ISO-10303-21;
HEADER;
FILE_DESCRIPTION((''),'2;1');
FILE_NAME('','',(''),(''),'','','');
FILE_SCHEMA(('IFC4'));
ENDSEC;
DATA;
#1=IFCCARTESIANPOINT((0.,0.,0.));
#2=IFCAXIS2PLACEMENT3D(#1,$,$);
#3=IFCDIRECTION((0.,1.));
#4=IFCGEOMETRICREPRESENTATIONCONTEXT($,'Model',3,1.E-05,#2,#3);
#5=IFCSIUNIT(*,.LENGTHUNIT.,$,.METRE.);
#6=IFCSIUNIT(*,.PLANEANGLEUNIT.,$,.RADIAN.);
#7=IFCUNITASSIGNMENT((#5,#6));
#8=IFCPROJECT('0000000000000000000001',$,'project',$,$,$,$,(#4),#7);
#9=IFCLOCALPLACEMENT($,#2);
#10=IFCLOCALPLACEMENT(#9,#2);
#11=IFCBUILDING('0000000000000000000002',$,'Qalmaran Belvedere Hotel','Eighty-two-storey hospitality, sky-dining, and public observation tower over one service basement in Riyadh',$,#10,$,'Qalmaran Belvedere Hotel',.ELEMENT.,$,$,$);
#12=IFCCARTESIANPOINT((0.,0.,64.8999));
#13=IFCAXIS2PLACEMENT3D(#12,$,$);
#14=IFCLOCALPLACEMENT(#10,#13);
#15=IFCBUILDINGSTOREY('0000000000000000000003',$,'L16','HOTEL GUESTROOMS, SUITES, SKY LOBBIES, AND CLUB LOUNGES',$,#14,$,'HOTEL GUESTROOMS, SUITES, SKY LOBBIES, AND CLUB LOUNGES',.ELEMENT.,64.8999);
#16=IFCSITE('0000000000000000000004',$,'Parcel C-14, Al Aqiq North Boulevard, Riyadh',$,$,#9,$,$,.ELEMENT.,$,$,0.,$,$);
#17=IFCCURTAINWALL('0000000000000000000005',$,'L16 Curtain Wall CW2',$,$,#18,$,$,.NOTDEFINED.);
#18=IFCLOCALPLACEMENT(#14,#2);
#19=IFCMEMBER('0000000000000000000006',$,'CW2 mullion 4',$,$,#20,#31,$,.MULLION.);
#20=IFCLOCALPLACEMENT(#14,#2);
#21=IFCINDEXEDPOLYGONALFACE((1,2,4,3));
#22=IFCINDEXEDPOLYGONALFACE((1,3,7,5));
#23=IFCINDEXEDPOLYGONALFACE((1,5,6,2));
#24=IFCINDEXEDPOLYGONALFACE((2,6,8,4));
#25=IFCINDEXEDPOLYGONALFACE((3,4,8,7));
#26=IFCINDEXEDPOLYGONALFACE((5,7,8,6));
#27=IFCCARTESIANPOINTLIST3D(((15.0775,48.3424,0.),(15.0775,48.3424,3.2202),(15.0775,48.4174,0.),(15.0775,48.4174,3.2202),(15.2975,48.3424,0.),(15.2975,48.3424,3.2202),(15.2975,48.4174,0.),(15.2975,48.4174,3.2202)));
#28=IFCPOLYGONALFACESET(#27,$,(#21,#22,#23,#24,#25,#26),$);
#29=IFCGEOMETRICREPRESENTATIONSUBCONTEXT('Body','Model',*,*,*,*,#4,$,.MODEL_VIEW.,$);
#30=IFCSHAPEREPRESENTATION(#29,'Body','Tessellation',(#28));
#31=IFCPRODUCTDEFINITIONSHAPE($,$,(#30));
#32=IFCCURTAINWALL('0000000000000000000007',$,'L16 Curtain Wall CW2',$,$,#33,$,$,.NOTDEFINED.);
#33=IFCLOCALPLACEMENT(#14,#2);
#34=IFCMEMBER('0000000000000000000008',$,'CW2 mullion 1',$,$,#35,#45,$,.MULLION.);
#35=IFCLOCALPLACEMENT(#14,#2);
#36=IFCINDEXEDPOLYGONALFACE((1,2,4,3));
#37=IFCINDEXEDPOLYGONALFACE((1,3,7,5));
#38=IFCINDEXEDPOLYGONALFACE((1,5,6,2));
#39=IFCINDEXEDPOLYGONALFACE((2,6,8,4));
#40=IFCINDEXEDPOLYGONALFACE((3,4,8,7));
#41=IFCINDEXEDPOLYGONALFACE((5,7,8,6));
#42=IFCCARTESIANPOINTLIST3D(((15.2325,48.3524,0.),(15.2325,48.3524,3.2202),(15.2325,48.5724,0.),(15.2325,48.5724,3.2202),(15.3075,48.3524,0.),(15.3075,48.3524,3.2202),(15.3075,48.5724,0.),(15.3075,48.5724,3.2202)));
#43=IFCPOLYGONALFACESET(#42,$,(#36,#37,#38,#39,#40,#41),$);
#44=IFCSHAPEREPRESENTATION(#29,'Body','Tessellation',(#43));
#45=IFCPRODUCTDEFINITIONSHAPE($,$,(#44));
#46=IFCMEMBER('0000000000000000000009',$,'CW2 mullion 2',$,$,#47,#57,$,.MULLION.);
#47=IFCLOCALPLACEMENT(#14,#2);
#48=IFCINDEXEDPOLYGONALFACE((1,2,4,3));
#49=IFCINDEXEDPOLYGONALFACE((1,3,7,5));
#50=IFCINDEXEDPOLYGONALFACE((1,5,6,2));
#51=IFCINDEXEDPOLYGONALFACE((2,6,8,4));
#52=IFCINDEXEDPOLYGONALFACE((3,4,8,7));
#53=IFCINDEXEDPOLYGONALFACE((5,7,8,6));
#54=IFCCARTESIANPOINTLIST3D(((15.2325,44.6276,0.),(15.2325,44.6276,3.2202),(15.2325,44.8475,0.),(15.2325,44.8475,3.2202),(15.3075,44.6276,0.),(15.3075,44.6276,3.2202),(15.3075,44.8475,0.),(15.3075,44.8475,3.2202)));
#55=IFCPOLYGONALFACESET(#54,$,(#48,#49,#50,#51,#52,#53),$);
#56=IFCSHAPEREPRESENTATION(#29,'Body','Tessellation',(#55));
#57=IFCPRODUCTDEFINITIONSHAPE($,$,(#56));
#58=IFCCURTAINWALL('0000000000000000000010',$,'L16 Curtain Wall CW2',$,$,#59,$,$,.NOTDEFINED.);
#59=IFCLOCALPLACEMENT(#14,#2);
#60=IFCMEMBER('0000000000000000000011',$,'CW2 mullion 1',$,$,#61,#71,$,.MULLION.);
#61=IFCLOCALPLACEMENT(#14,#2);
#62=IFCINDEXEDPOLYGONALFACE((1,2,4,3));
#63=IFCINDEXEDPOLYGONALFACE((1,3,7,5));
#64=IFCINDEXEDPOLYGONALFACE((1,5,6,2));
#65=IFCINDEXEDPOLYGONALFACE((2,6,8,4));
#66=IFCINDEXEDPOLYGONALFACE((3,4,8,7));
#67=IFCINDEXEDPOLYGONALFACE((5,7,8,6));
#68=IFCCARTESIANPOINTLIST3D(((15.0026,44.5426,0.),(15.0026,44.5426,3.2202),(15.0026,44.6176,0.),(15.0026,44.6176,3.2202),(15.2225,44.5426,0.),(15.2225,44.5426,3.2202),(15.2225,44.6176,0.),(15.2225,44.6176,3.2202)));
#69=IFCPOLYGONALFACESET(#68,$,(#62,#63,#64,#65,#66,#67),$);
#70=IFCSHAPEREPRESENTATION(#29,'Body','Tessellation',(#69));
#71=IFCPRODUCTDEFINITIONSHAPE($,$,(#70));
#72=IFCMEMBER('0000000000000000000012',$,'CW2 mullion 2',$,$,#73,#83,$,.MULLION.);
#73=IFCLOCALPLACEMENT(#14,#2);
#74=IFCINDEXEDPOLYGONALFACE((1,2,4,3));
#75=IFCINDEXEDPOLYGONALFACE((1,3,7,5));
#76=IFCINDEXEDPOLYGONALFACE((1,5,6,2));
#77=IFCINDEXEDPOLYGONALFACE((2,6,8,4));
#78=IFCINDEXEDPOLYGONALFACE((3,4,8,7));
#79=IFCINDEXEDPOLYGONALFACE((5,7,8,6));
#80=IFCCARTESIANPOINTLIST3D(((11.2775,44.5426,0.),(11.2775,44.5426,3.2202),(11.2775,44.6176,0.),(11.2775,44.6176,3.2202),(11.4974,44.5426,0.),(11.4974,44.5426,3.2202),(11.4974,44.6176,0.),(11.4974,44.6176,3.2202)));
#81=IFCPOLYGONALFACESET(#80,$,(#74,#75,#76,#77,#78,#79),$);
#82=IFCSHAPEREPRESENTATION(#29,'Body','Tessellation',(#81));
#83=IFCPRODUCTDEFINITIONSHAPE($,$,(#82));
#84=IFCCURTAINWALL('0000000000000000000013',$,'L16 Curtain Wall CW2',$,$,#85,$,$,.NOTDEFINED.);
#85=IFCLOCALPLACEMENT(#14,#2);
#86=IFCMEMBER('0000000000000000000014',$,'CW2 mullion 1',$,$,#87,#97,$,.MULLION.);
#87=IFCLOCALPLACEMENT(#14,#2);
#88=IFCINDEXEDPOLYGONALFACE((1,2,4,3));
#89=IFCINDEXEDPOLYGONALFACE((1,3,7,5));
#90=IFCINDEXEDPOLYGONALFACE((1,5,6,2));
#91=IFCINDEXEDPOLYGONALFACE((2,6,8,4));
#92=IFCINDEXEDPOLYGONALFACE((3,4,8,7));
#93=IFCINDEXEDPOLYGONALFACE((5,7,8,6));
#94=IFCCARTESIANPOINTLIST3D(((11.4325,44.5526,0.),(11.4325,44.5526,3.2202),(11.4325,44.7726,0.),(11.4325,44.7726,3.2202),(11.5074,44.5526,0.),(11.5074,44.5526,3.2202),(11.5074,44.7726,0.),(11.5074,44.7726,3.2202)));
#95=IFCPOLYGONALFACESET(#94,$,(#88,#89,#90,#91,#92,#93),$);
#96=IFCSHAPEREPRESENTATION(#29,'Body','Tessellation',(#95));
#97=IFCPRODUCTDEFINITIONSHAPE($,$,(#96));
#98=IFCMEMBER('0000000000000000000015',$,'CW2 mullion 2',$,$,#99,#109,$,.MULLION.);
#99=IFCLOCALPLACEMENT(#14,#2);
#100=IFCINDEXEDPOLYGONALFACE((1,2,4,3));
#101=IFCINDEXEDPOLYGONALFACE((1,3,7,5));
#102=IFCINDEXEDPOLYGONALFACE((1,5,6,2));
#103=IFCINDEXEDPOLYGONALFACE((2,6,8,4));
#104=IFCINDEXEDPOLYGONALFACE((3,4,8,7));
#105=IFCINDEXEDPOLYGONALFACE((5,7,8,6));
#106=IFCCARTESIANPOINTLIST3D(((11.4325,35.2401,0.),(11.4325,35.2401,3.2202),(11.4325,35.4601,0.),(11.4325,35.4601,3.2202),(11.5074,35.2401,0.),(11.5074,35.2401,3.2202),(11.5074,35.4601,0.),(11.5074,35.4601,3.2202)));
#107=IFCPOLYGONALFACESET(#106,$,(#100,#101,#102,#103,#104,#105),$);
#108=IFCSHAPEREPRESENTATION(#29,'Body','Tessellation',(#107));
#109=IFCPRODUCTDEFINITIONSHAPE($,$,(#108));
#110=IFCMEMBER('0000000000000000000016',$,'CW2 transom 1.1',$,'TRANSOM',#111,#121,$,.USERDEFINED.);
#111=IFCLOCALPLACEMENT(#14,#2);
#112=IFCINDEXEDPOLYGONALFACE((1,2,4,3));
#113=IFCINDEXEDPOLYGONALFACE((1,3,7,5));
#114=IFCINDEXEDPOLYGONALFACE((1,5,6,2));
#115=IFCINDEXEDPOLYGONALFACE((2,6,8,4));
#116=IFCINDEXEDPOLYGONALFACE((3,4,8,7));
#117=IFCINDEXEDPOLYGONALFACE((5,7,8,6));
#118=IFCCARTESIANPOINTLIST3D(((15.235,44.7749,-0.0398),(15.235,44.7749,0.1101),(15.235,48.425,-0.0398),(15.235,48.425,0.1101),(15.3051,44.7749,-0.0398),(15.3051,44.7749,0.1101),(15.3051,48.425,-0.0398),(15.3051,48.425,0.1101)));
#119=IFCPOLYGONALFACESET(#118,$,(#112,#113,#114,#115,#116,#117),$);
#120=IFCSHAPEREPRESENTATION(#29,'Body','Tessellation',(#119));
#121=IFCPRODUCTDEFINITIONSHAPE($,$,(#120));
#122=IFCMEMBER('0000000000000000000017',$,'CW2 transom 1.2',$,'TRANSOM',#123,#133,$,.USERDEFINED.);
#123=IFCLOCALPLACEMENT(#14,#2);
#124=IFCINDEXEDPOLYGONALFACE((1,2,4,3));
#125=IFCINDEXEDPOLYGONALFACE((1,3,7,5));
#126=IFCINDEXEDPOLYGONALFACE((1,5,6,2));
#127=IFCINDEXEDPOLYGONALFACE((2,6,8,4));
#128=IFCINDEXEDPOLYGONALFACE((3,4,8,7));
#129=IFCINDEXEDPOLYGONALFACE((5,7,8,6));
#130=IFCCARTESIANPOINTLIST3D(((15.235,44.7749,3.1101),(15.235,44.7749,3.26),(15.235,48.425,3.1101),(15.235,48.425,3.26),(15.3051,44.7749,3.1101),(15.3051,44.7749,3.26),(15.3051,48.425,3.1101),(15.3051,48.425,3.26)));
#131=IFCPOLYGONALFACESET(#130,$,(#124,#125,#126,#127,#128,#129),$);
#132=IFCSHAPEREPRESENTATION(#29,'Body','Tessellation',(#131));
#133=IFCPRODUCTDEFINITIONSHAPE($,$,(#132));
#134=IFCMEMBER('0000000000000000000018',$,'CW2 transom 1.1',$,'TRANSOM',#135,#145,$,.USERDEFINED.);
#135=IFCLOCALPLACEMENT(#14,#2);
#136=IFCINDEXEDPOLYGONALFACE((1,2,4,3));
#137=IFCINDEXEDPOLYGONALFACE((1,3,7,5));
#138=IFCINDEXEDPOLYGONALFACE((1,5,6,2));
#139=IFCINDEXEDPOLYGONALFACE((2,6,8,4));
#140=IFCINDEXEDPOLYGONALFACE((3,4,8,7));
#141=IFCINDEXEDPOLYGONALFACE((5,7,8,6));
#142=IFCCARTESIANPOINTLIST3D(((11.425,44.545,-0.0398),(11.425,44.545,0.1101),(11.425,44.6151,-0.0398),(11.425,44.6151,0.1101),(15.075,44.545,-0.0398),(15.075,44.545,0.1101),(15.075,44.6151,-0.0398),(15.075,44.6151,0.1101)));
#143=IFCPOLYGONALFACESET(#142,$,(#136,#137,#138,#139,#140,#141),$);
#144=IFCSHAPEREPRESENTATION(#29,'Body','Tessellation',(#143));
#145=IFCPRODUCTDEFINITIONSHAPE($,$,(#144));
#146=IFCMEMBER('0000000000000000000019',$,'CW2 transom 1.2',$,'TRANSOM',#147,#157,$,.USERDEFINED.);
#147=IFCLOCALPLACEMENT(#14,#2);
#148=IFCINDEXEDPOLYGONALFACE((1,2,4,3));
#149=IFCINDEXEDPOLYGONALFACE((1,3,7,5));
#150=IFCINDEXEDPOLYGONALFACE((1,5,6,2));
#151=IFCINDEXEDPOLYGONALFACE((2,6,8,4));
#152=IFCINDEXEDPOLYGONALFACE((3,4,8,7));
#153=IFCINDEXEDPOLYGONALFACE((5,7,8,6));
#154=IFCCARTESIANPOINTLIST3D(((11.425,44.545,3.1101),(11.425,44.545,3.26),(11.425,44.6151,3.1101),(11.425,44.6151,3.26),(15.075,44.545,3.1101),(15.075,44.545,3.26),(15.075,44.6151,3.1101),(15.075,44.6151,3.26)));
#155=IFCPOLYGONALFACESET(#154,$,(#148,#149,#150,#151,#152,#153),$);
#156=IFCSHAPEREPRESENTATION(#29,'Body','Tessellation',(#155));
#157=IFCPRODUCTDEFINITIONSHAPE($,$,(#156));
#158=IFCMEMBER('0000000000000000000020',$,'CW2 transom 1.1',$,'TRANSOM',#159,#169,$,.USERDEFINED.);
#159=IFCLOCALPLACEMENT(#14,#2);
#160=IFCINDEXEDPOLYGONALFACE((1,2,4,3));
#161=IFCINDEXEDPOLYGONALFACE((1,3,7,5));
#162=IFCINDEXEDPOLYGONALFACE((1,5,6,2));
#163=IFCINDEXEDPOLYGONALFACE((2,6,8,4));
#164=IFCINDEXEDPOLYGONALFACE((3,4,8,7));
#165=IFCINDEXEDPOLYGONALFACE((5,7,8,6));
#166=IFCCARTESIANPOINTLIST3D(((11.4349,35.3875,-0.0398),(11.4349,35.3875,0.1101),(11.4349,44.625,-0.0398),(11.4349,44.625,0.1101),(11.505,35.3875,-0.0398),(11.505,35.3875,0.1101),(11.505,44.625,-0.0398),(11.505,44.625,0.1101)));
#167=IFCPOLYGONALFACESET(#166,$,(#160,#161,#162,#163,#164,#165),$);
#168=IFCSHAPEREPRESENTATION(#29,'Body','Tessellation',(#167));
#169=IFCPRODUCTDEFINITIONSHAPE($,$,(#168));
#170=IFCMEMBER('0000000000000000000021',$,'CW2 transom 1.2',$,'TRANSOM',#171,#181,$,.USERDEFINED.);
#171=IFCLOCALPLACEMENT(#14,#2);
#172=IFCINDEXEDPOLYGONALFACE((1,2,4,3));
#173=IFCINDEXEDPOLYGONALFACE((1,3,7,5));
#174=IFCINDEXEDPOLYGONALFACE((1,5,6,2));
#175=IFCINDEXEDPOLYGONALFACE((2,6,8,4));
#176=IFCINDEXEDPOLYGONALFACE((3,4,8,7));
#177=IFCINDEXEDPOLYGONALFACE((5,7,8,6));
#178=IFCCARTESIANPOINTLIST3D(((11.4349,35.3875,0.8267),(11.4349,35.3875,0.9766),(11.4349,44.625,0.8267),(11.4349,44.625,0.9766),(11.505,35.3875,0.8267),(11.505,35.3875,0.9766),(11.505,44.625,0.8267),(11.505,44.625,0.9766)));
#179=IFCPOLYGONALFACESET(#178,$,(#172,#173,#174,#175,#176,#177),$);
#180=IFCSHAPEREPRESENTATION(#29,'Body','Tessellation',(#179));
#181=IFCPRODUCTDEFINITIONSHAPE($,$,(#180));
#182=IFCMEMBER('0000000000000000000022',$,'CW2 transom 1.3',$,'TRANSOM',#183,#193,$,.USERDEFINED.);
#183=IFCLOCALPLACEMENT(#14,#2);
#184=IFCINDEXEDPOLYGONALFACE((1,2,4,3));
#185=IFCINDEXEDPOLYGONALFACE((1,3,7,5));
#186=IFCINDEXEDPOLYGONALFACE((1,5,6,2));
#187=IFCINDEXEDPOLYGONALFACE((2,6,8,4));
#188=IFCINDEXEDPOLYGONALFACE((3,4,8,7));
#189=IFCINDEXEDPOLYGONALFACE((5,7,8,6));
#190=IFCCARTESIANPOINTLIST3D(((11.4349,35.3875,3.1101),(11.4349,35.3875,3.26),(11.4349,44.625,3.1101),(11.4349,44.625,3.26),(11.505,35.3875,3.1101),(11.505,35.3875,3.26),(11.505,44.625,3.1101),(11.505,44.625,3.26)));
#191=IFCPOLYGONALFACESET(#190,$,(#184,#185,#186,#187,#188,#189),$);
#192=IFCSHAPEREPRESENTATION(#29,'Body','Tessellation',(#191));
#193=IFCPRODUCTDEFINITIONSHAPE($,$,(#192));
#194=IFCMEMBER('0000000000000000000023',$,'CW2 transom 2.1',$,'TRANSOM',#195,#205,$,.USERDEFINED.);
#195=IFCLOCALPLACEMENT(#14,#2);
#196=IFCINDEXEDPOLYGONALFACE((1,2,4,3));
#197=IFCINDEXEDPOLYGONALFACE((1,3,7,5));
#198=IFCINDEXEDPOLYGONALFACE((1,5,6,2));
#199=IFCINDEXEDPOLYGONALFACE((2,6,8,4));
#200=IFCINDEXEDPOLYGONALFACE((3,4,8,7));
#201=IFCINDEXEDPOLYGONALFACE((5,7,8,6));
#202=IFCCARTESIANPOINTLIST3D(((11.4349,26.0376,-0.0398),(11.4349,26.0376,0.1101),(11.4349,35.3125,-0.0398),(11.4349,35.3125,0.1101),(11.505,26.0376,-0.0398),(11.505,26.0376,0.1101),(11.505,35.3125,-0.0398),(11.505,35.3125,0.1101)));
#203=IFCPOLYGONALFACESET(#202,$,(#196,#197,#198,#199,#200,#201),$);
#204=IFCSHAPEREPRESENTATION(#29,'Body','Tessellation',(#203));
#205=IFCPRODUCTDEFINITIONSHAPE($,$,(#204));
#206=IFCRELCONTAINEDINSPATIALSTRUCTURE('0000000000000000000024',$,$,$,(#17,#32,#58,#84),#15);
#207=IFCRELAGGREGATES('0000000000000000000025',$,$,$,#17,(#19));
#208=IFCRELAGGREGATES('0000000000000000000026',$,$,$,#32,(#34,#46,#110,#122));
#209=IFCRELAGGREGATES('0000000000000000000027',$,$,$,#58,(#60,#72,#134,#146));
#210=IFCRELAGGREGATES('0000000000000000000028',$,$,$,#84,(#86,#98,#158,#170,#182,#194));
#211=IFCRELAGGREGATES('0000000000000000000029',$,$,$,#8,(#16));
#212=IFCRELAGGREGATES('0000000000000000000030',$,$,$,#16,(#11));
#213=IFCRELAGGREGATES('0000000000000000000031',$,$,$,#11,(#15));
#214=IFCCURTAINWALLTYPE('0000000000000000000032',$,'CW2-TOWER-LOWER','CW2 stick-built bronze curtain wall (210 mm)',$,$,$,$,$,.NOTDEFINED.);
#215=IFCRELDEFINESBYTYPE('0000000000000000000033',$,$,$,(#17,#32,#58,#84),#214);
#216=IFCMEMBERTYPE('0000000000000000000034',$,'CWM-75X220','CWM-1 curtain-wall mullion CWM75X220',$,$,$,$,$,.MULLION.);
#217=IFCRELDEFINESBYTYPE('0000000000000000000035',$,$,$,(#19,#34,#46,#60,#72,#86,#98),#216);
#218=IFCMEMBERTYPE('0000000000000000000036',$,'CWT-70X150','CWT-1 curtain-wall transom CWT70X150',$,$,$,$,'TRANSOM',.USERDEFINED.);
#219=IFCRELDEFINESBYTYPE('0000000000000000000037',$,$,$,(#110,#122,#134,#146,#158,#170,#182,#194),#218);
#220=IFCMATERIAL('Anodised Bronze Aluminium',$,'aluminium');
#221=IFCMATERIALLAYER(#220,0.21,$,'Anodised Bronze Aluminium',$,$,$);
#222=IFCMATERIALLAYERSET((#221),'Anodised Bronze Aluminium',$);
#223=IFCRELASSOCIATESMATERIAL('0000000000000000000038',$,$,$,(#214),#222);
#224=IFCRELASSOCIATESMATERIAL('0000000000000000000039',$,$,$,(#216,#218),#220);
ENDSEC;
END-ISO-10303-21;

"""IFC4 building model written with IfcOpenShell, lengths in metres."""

from ifc_helpers import new_model, si_unit, direction, frame, origin, origin_2d, place, context, subcontext, project, spatial, rectangle, extrude, material, layer, layer_set, material_profile, profile_set, type_object, element, aggregate, save


model = new_model("IFC4")

# Units and contexts
model_context = context("Model", 3, precision=1e-05, world=origin(), true_north=direction((0.0, 1.0)))
body_context = subcontext(model_context, "Body", "Model", "MODEL_VIEW")
ifc_project = project(units=[si_unit("LENGTHUNIT", "METRE"), si_unit("PLANEANGLEUNIT", "RADIAN")], contexts=[model_context])

# Site, building, storey
site_placement = place(None, origin())
site = spatial("IfcSite", under=ifc_project, at=site_placement, Name="Parcel C-14, Al Aqiq North Boulevard, Riyadh", CompositionType="ELEMENT", RefElevation=0.0)
building_placement = place(site_placement, origin())
building = spatial("IfcBuilding", under=site, at=building_placement, Name="Qalmaran Belvedere Hotel", Description="Eighty-two-storey hospitality, sky-dining, and public observation tower over one service basement in Riyadh", LongName="Qalmaran Belvedere Hotel", CompositionType="ELEMENT")
storey_placement = place(building_placement, frame((0.0, 0.0, 64.8999)))
storey = spatial("IfcBuildingStorey", under=building, at=storey_placement, Name="L16", Description="HOTEL GUESTROOMS, SUITES, SKY LOBBIES, AND CLUB LOUNGES", LongName="HOTEL GUESTROOMS, SUITES, SKY LOBBIES, AND CLUB LOUNGES", CompositionType="ELEMENT", Elevation=64.8999)

# Curtain wall, member
ifc_material_1 = material(Name="Anodised Bronze Aluminium", Category="aluminium")
ifc_layer_1 = layer(ifc_material_1, 0.21, Name="Anodised Bronze Aluminium")
ifc_layer_set_1 = layer_set([ifc_layer_1], Name="Anodised Bronze Aluminium")
curtain_wall_type = type_object("IfcCurtainWallType", Name="CW2-TOWER-LOWER", Description="CW2 stick-built bronze curtain wall (210 mm)", PredefinedType="NOTDEFINED", material=ifc_layer_set_1)
curtain_wall_1_placement = place(storey_placement, origin())
curtain_wall_1 = element("IfcCurtainWall", 1, at=curtain_wall_1_placement, inside=storey, type_object=curtain_wall_type, Name="L16 Curtain Wall CW2", PredefinedType="NOTDEFINED")
ifc_material_profile_1 = material_profile(ifc_material_1, rectangle(XDim=0.075, YDim=0.22, at=origin_2d()), Name="CWM75X220")
ifc_profile_set_1 = profile_set([ifc_material_profile_1], Name="Anodised Bronze Aluminium")
member_type_1 = type_object("IfcMemberType", Name="CWM-75X220", Description="CWM-1 curtain-wall mullion CWM75X220", PredefinedType="MULLION", material=ifc_profile_set_1)
member_1_placement = place(storey_placement, frame((15.1875, 48.3799, 0.0), z_axis=(0.0, 0.0, 1.0), x_axis=(0.0, -1.0, 0.0)))
member_1 = element("IfcMember", 2, at=member_1_placement, type_object=member_type_1, Name="CW2 mullion 4", PredefinedType="MULLION", context=body_context, shape_type="SweptSolid", body=[
    extrude(rectangle(XDim=0.075, YDim=0.22, at=origin_2d()), origin(), (0.0, 0.0, 1.0), 3.2202),
])
aggregate(curtain_wall_1, [member_1])

# Curtain walls, members
curtain_wall_2_placement = place(storey_placement, origin())
curtain_wall_2 = element("IfcCurtainWall", 3, at=curtain_wall_2_placement, inside=storey, type_object=curtain_wall_type, Name="L16 Curtain Wall CW2", PredefinedType="NOTDEFINED")
member_2_placement = place(storey_placement, frame((15.27, 48.4624, 0.0), z_axis=(0.0, 0.0, 1.0), x_axis=(1.0, 0.0, 0.0)))
member_2 = element("IfcMember", 4, at=member_2_placement, type_object=member_type_1, Name="CW2 mullion 1", PredefinedType="MULLION", context=body_context, shape_type="SweptSolid", body=[
    extrude(rectangle(XDim=0.075, YDim=0.22, at=origin_2d()), origin(), (0.0, 0.0, 1.0), 3.2202),
])
member_3_placement = place(storey_placement, frame((15.27, 44.7375, 0.0), z_axis=(0.0, 0.0, 1.0), x_axis=(1.0, 0.0, 0.0)))
member_3 = element("IfcMember", 5, at=member_3_placement, type_object=member_type_1, Name="CW2 mullion 2", PredefinedType="MULLION", context=body_context, shape_type="SweptSolid", body=[
    extrude(rectangle(XDim=0.075, YDim=0.22, at=origin_2d()), origin(), (0.0, 0.0, 1.0), 3.2202),
])
curtain_wall_3_placement = place(storey_placement, origin())
curtain_wall_3 = element("IfcCurtainWall", 6, at=curtain_wall_3_placement, inside=storey, type_object=curtain_wall_type, Name="L16 Curtain Wall CW2", PredefinedType="NOTDEFINED")
member_4_placement = place(storey_placement, frame((15.1125, 44.5801, 0.0), z_axis=(0.0, 0.0, 1.0), x_axis=(0.0, -1.0, 0.0)))
member_4 = element("IfcMember", 7, at=member_4_placement, type_object=member_type_1, Name="CW2 mullion 1", PredefinedType="MULLION", context=body_context, shape_type="SweptSolid", body=[
    extrude(rectangle(XDim=0.075, YDim=0.22, at=origin_2d()), origin(), (0.0, 0.0, 1.0), 3.2202),
])
member_5_placement = place(storey_placement, frame((11.3875, 44.5801, 0.0), z_axis=(0.0, 0.0, 1.0), x_axis=(0.0, -1.0, 0.0)))
member_5 = element("IfcMember", 8, at=member_5_placement, type_object=member_type_1, Name="CW2 mullion 2", PredefinedType="MULLION", context=body_context, shape_type="SweptSolid", body=[
    extrude(rectangle(XDim=0.075, YDim=0.22, at=origin_2d()), origin(), (0.0, 0.0, 1.0), 3.2202),
])
curtain_wall_4_placement = place(storey_placement, origin())
curtain_wall_4 = element("IfcCurtainWall", 9, at=curtain_wall_4_placement, inside=storey, type_object=curtain_wall_type, Name="L16 Curtain Wall CW2", PredefinedType="NOTDEFINED")
member_6_placement = place(storey_placement, frame((11.47, 44.6626, 0.0), z_axis=(0.0, 0.0, 1.0), x_axis=(1.0, 0.0, 0.0)))
member_6 = element("IfcMember", 10, at=member_6_placement, type_object=member_type_1, Name="CW2 mullion 1", PredefinedType="MULLION", context=body_context, shape_type="SweptSolid", body=[
    extrude(rectangle(XDim=0.075, YDim=0.22, at=origin_2d()), origin(), (0.0, 0.0, 1.0), 3.2202),
])
member_7_placement = place(storey_placement, frame((11.47, 35.3501, 0.0), z_axis=(0.0, 0.0, 1.0), x_axis=(1.0, 0.0, 0.0)))
member_7 = element("IfcMember", 11, at=member_7_placement, type_object=member_type_1, Name="CW2 mullion 2", PredefinedType="MULLION", context=body_context, shape_type="SweptSolid", body=[
    extrude(rectangle(XDim=0.075, YDim=0.22, at=origin_2d()), origin(), (0.0, 0.0, 1.0), 3.2202),
])

# Members
ifc_material_profile_2 = material_profile(ifc_material_1, rectangle(XDim=0.0701, YDim=0.1499, at=origin_2d()), Name="CWT70X150")
ifc_profile_set_2 = profile_set([ifc_material_profile_2], Name="Anodised Bronze Aluminium")
member_type_2 = type_object("IfcMemberType", Name="CWT-70X150", Description="CWT-1 curtain-wall transom CWT70X150", ElementType="TRANSOM", PredefinedType="USERDEFINED", material=ifc_profile_set_2)
member_8_placement = place(storey_placement, frame((15.27, 48.425, 0.0352), z_axis=(0.0, -1.0, 0.0), x_axis=(1.0, 0.0, 0.0)))
member_8 = element("IfcMember", 12, at=member_8_placement, type_object=member_type_2, Name="CW2 transom 1.1", ObjectType="TRANSOM", PredefinedType="USERDEFINED", context=body_context, shape_type="SweptSolid", body=[
    extrude(rectangle(XDim=0.0701, YDim=0.1499, at=origin_2d()), origin(), (0.0, 0.0, 1.0), 3.6501),
])
member_9_placement = place(storey_placement, frame((15.27, 48.425, 3.1851), z_axis=(0.0, -1.0, 0.0), x_axis=(1.0, 0.0, 0.0)))
member_9 = element("IfcMember", 13, at=member_9_placement, type_object=member_type_2, Name="CW2 transom 1.2", ObjectType="TRANSOM", PredefinedType="USERDEFINED", context=body_context, shape_type="SweptSolid", body=[
    extrude(rectangle(XDim=0.0701, YDim=0.1499, at=origin_2d()), origin(), (0.0, 0.0, 1.0), 3.6501),
])
member_10_placement = place(storey_placement, frame((15.075, 44.5801, 0.0352), z_axis=(-1.0, 0.0, 0.0), x_axis=(0.0, -1.0, 0.0)))
member_10 = element("IfcMember", 14, at=member_10_placement, type_object=member_type_2, Name="CW2 transom 1.1", ObjectType="TRANSOM", PredefinedType="USERDEFINED", context=body_context, shape_type="SweptSolid", body=[
    extrude(rectangle(XDim=0.0701, YDim=0.1499, at=origin_2d()), origin(), (0.0, 0.0, 1.0), 3.6499),
])
member_11_placement = place(storey_placement, frame((15.075, 44.5801, 3.1851), z_axis=(-1.0, 0.0, 0.0), x_axis=(0.0, -1.0, 0.0)))
member_11 = element("IfcMember", 15, at=member_11_placement, type_object=member_type_2, Name="CW2 transom 1.2", ObjectType="TRANSOM", PredefinedType="USERDEFINED", context=body_context, shape_type="SweptSolid", body=[
    extrude(rectangle(XDim=0.0701, YDim=0.1499, at=origin_2d()), origin(), (0.0, 0.0, 1.0), 3.6499),
])
member_12_placement = place(storey_placement, frame((11.47, 44.625, 0.0352), z_axis=(0.0, -1.0, 0.0), x_axis=(1.0, 0.0, 0.0)))
member_12 = element("IfcMember", 16, at=member_12_placement, type_object=member_type_2, Name="CW2 transom 1.1", ObjectType="TRANSOM", PredefinedType="USERDEFINED", context=body_context, shape_type="SweptSolid", body=[
    extrude(rectangle(XDim=0.0701, YDim=0.1499, at=origin_2d()), origin(), (0.0, 0.0, 1.0), 9.2375),
])
member_13_placement = place(storey_placement, frame((11.47, 44.625, 0.9016), z_axis=(0.0, -1.0, 0.0), x_axis=(1.0, 0.0, 0.0)))
member_13 = element("IfcMember", 17, at=member_13_placement, type_object=member_type_2, Name="CW2 transom 1.2", ObjectType="TRANSOM", PredefinedType="USERDEFINED", context=body_context, shape_type="SweptSolid", body=[
    extrude(rectangle(XDim=0.0701, YDim=0.1499, at=origin_2d()), origin(), (0.0, 0.0, 1.0), 9.2375),
])
member_14_placement = place(storey_placement, frame((11.47, 44.625, 3.1851), z_axis=(0.0, -1.0, 0.0), x_axis=(1.0, 0.0, 0.0)))
member_14 = element("IfcMember", 18, at=member_14_placement, type_object=member_type_2, Name="CW2 transom 1.3", ObjectType="TRANSOM", PredefinedType="USERDEFINED", context=body_context, shape_type="SweptSolid", body=[
    extrude(rectangle(XDim=0.0701, YDim=0.1499, at=origin_2d()), origin(), (0.0, 0.0, 1.0), 9.2375),
])
member_15_placement = place(storey_placement, frame((11.47, 35.3125, 0.0352), z_axis=(0.0, -1.0, 0.0), x_axis=(1.0, 0.0, 0.0)))
member_15 = element("IfcMember", 19, at=member_15_placement, type_object=member_type_2, Name="CW2 transom 2.1", ObjectType="TRANSOM", PredefinedType="USERDEFINED", context=body_context, shape_type="SweptSolid", body=[
    extrude(rectangle(XDim=0.0701, YDim=0.1499, at=origin_2d()), origin(), (0.0, 0.0, 1.0), 9.2749),
])

aggregate(curtain_wall_2, [member_2, member_3, member_8, member_9])
aggregate(curtain_wall_3, [member_4, member_5, member_10, member_11])
aggregate(curtain_wall_4, [member_6, member_7, member_12, member_13, member_14, member_15])

save(model, "model.ifc")
